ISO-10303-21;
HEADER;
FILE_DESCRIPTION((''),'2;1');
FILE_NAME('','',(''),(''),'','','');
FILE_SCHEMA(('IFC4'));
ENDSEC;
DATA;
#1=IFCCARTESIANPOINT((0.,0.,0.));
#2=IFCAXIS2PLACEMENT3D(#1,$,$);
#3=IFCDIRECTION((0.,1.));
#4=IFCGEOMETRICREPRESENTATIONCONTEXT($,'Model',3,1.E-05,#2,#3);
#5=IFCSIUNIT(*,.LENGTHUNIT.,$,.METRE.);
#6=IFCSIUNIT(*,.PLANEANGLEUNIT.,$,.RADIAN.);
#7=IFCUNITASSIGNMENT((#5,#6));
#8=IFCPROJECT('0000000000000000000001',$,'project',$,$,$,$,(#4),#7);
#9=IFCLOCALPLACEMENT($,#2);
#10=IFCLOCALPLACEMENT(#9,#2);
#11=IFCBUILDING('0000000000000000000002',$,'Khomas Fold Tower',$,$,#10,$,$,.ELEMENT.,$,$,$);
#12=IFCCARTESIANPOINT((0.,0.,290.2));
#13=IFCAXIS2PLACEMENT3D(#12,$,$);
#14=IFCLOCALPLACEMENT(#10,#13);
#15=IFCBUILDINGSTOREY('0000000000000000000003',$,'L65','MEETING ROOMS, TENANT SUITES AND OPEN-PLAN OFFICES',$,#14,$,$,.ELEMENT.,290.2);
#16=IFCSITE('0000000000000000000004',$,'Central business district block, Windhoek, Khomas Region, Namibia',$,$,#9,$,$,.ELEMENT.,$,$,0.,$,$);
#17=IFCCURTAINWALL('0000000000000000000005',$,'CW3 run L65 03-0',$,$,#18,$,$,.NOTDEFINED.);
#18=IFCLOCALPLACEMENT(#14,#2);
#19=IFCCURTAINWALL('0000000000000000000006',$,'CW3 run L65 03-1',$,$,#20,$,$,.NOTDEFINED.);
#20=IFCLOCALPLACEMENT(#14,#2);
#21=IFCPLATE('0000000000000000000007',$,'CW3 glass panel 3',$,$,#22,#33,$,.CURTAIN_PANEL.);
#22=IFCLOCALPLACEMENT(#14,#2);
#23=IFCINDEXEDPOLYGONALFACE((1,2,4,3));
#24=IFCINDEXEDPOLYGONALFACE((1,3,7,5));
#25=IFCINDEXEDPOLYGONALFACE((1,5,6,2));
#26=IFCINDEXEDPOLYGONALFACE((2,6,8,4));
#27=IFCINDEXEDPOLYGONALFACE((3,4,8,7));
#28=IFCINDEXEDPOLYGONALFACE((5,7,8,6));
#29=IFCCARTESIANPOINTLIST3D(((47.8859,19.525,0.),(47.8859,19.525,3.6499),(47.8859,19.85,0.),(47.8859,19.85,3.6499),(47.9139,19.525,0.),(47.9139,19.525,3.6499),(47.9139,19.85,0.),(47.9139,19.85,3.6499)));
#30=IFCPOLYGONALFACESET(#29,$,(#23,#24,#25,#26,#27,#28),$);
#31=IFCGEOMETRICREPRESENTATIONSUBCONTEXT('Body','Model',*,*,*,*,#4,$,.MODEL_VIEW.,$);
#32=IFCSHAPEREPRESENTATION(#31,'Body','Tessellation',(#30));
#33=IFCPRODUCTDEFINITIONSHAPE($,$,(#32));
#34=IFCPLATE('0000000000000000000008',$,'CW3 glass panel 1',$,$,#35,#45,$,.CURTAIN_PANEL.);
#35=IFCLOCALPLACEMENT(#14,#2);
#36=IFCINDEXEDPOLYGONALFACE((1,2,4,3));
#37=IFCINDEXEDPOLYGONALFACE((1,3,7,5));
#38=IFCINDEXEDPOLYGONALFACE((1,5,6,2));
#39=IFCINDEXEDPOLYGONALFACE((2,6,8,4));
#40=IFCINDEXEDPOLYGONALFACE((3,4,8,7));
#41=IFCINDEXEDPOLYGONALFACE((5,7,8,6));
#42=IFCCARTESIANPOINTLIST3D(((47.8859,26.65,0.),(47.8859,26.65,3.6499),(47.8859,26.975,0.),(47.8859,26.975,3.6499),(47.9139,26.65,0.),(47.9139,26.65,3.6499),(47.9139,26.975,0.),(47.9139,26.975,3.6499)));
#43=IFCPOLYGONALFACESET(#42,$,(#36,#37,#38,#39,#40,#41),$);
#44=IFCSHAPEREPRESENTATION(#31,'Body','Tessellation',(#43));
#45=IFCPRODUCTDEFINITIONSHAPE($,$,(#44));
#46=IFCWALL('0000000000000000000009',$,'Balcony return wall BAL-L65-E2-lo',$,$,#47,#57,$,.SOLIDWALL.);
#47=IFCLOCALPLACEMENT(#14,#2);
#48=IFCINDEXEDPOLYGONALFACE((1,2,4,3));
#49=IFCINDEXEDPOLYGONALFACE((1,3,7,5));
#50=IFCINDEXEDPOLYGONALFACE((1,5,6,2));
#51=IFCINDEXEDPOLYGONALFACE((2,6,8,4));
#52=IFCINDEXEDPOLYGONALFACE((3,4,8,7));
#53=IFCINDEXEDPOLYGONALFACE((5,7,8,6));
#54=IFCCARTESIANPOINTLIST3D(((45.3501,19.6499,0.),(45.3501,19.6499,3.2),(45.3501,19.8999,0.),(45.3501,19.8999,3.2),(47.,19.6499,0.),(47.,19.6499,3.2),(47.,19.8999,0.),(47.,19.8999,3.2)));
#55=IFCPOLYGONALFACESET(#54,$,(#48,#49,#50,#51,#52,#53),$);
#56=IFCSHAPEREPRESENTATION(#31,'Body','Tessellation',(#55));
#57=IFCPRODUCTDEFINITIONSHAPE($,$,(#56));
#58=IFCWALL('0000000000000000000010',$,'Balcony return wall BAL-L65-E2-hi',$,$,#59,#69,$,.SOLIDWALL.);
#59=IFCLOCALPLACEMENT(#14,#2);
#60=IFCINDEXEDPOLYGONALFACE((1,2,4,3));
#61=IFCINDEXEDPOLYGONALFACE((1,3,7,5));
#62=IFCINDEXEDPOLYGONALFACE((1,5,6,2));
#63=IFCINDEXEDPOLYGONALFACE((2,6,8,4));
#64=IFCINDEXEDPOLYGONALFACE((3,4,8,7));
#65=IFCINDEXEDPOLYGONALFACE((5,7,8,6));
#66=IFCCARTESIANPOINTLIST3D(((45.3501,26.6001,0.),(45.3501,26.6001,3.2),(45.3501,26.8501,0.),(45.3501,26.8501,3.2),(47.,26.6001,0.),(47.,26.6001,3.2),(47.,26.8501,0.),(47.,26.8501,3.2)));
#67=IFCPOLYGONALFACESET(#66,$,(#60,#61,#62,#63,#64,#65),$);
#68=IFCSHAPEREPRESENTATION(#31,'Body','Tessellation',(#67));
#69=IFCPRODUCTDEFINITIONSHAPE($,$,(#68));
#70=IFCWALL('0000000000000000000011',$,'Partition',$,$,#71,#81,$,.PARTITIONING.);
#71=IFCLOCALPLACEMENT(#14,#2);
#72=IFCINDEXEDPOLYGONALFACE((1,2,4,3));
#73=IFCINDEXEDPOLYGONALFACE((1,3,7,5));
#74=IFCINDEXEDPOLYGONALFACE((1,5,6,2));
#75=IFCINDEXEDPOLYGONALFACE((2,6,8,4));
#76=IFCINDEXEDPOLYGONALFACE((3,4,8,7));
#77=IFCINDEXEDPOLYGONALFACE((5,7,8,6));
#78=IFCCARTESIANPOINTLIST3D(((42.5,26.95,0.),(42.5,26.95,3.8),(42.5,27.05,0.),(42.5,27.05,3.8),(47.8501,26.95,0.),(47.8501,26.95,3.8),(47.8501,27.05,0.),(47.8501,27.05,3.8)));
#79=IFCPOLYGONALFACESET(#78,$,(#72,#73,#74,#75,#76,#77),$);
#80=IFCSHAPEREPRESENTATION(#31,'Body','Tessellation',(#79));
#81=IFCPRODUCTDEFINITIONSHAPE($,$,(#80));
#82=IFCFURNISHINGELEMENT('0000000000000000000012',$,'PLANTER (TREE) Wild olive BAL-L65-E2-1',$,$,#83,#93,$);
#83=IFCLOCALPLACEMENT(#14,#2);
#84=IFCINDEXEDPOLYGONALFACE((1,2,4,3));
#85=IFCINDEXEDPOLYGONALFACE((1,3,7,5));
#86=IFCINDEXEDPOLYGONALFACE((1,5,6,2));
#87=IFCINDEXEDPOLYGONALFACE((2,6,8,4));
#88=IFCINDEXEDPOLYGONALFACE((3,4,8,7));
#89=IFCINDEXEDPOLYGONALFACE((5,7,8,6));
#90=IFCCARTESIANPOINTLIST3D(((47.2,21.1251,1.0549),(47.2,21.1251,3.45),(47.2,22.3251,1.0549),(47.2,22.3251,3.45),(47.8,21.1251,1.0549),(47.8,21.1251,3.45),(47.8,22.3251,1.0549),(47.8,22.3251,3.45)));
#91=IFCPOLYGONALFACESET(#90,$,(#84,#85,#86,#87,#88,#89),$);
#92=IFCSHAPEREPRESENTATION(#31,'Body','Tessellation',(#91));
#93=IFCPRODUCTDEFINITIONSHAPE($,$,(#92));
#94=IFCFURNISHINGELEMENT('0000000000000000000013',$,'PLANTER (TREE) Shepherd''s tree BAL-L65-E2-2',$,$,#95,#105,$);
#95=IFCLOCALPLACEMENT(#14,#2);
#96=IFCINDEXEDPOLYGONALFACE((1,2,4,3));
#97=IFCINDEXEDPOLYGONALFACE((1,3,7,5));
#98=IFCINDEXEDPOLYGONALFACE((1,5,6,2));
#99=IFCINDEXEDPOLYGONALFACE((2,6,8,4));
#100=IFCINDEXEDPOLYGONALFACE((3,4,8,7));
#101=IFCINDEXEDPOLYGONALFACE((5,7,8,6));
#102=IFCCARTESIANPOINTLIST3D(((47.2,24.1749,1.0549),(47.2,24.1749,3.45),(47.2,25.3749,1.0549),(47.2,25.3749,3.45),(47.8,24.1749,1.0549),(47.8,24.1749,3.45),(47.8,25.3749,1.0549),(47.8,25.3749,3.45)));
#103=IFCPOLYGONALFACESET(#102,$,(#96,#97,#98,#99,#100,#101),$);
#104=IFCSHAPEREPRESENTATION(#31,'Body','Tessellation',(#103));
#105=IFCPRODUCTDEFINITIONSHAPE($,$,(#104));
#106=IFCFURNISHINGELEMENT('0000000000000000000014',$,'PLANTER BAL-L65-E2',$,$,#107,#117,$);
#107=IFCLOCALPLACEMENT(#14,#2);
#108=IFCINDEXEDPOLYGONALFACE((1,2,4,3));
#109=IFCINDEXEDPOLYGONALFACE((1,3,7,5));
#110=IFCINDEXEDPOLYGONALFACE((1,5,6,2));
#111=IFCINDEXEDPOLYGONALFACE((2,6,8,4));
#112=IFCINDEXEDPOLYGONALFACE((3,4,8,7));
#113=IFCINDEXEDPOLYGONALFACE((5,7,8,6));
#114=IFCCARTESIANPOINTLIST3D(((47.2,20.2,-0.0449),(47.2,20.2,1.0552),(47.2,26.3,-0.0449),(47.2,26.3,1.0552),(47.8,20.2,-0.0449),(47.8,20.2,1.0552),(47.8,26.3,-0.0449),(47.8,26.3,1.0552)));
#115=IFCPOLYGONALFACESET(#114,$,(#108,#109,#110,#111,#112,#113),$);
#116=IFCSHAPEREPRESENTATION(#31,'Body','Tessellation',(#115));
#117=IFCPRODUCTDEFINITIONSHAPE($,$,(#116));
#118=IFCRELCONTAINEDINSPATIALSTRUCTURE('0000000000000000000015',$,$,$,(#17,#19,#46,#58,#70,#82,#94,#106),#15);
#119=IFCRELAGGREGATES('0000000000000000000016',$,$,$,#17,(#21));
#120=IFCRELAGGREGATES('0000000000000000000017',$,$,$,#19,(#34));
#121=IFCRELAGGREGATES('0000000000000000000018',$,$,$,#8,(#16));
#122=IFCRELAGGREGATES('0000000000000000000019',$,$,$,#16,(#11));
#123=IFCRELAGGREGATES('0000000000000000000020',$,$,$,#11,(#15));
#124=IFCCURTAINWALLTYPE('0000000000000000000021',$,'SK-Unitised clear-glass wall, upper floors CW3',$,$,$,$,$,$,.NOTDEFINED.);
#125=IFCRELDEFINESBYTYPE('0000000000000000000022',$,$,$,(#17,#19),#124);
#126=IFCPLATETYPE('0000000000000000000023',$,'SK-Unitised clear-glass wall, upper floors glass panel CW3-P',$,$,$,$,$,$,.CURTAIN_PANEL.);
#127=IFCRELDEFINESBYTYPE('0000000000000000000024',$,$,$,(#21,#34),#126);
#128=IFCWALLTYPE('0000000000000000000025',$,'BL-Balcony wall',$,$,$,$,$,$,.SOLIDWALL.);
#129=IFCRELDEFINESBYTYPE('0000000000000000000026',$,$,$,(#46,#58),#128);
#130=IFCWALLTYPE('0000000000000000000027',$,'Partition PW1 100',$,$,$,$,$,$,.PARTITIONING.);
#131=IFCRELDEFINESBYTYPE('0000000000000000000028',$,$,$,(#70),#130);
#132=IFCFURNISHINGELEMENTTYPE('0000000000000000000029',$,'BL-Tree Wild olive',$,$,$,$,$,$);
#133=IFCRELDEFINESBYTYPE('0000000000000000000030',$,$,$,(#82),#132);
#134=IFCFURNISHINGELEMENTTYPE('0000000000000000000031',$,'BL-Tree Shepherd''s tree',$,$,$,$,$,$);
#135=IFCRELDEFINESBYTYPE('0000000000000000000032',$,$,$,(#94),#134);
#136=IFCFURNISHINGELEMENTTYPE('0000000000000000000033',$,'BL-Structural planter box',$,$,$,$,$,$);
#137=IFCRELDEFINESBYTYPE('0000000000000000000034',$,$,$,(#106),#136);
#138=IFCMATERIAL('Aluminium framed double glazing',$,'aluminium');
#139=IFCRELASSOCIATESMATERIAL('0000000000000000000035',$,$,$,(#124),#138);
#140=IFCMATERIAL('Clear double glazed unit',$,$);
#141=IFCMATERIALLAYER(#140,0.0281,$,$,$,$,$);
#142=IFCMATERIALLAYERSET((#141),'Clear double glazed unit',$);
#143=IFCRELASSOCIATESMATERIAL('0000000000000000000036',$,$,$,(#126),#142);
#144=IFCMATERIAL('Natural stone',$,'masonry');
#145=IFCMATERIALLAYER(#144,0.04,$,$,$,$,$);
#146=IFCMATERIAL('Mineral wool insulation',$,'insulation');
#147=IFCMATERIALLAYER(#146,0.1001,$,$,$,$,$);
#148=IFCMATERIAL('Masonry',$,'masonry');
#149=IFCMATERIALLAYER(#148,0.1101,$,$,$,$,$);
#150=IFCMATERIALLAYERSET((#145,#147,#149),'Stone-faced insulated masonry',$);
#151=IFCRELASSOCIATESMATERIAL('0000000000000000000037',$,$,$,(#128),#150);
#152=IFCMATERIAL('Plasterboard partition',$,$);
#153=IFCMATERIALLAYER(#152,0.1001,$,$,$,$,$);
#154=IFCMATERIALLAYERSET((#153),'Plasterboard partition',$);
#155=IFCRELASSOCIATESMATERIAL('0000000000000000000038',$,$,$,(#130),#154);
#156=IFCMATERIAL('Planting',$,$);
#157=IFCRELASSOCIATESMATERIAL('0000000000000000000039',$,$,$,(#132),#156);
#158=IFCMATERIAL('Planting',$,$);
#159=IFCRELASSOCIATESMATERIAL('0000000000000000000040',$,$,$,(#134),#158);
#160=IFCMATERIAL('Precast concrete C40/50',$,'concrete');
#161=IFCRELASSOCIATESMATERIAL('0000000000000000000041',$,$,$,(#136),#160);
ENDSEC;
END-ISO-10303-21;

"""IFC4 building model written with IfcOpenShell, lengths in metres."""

from ifc_helpers import new_model, si_unit, direction, frame, frame_2d, origin, origin_2d, place, context, subcontext, project, spatial, rectangle, extrude, source, transform, mapped, material, layer, layer_set, type_object, element, aggregate, save


model = new_model("IFC4")

# Units and contexts
model_context = context("Model", 3, precision=1e-05, world=origin(), true_north=direction((0.0, 1.0)))
body_context = subcontext(model_context, "Body", "Model", "MODEL_VIEW")
ifc_project = project(units=[si_unit("LENGTHUNIT", "METRE"), si_unit("PLANEANGLEUNIT", "RADIAN")], contexts=[model_context])

# Site, building, storey
site_placement = place(None, origin())
site = spatial("IfcSite", under=ifc_project, at=site_placement, Name="Central business district block, Windhoek, Khomas Region, Namibia", CompositionType="ELEMENT", RefElevation=0.0)
building_placement = place(site_placement, origin())
building = spatial("IfcBuilding", under=site, at=building_placement, Name="Khomas Fold Tower", CompositionType="ELEMENT")
storey_placement = place(building_placement, frame((0.0, 0.0, 290.2)))
storey = spatial("IfcBuildingStorey", under=building, at=storey_placement, Name="L65", Description="MEETING ROOMS, TENANT SUITES AND OPEN-PLAN OFFICES", CompositionType="ELEMENT", Elevation=290.2)

# Curtain wall
ifc_material_1 = material(Name="Aluminium framed double glazing", Category="aluminium")
curtain_wall_type = type_object("IfcCurtainWallType", Name="SK-Unitised clear-glass wall, upper floors CW3", PredefinedType="NOTDEFINED", material=ifc_material_1)
curtain_wall_1_placement = place(storey_placement, origin())
curtain_wall_1 = element("IfcCurtainWall", 1, at=curtain_wall_1_placement, inside=storey, type_object=curtain_wall_type, Name="CW3 run L65 03-0", PredefinedType="NOTDEFINED")

# Curtain wall
curtain_wall_2_placement = place(storey_placement, origin())
curtain_wall_2 = element("IfcCurtainWall", 2, at=curtain_wall_2_placement, inside=storey, type_object=curtain_wall_type, Name="CW3 run L65 03-1", PredefinedType="NOTDEFINED")

# Plates
ifc_material_2 = material(Name="Clear double glazed unit")
ifc_layer_1 = layer(ifc_material_2, 0.0281)
ifc_layer_set_1 = layer_set([ifc_layer_1], Name="Clear double glazed unit")
plate_type = type_object("IfcPlateType", Name="SK-Unitised clear-glass wall, upper floors glass panel CW3-P", PredefinedType="CURTAIN_PANEL", material=ifc_layer_set_1)
shared_shape_1 = source(origin(), body_context, "Body", "SweptSolid", [
    extrude(rectangle(XDim=0.325, YDim=0.0281, at=origin_2d()), origin(), (0.0, 0.0, 1.0), 3.6499),
])
plate_1_placement = place(storey_placement, frame((47.8999, 19.6875, 0.0), z_axis=(0.0, 0.0, 1.0), x_axis=(0.0, 1.0, 0.0)))
plate_1 = element("IfcPlate", 3, at=plate_1_placement, type_object=plate_type, Name="CW3 glass panel 3", PredefinedType="CURTAIN_PANEL", context=body_context, shape_type="MappedRepresentation", body=[
    mapped(shared_shape_1, transform((0.0, 0.0, 0.0))),
])
aggregate(curtain_wall_1, [plate_1])
plate_2_placement = place(storey_placement, frame((47.8999, 26.8125, 0.0), z_axis=(0.0, 0.0, 1.0), x_axis=(0.0, 1.0, 0.0)))
plate_2 = element("IfcPlate", 4, at=plate_2_placement, type_object=plate_type, Name="CW3 glass panel 1", PredefinedType="CURTAIN_PANEL", context=body_context, shape_type="MappedRepresentation", body=[
    mapped(shared_shape_1, transform((0.0, 0.0, 0.0))),
])
aggregate(curtain_wall_2, [plate_2])

# Shared definitions
ifc_material_3 = material(Name="Natural stone", Category="masonry")
ifc_layer_2 = layer(ifc_material_3, 0.04)
ifc_material_4 = material(Name="Mineral wool insulation", Category="insulation")
ifc_layer_3 = layer(ifc_material_4, 0.1001)
ifc_material_5 = material(Name="Masonry", Category="masonry")
ifc_layer_4 = layer(ifc_material_5, 0.1101)
ifc_layer_set_2 = layer_set([ifc_layer_2, ifc_layer_3, ifc_layer_4], Name="Stone-faced insulated masonry")
wall_type_1 = type_object("IfcWallType", Name="BL-Balcony wall", PredefinedType="SOLIDWALL", material=ifc_layer_set_2)

# Walls
shared_shape_2 = source(origin(), body_context, "Body", "SweptSolid", [
    extrude(rectangle(XDim=1.6499, YDim=0.25, at=frame_2d((0.825, 0.0))), origin(), (0.0, 0.0, 1.0), 3.2),
])
for number, where, z_axis, x_axis, name in (
    (5, (47.0, 19.7749, 0.0), (0.0, 0.0, 1.0), (-1.0, 0.0, 0.0), "Balcony return wall BAL-L65-E2-lo"),
    (6, (47.0, 26.7251, 0.0), (0.0, 0.0, 1.0), (-1.0, 0.0, 0.0), "Balcony return wall BAL-L65-E2-hi"),
):
    element("IfcWall", number, at=place(storey_placement, frame(where, z_axis=z_axis, x_axis=x_axis)), inside=storey, type_object=wall_type_1, Name=name, PredefinedType="SOLIDWALL", context=body_context, shape_type="MappedRepresentation", body=[
        mapped(shared_shape_2, transform((0.0, 0.0, 0.0))),
    ])
ifc_material_6 = material(Name="Plasterboard partition")
ifc_layer_5 = layer(ifc_material_6, 0.1001)
ifc_layer_set_3 = layer_set([ifc_layer_5], Name="Plasterboard partition")
wall_type_2 = type_object("IfcWallType", Name="Partition PW1 100", PredefinedType="PARTITIONING", material=ifc_layer_set_3)
shared_shape_3 = source(origin(), body_context, "Body", "SweptSolid", [
    extrude(rectangle(XDim=5.3501, YDim=0.1001, at=frame_2d((2.675, 0.0))), origin(), (0.0, 0.0, 1.0), 3.8),
])
wall_1_placement = place(storey_placement, frame((42.5, 27.0, 0.0), z_axis=(0.0, 0.0, 1.0), x_axis=(1.0, 0.0, 0.0)))
element("IfcWall", 7, at=wall_1_placement, inside=storey, type_object=wall_type_2, Name="Partition", PredefinedType="PARTITIONING", context=body_context, shape_type="MappedRepresentation", body=[
    mapped(shared_shape_3, transform((0.0, 0.0, 0.0))),
])

# Furnishing elements
ifc_material_7 = material(Name="Planting")
furnishing_element_type_1 = type_object("IfcFurnishingElementType", Name="BL-Tree Wild olive", material=ifc_material_7)
shared_shape_4 = source(origin(), body_context, "Body", "SweptSolid", [
    extrude(rectangle(XDim=1.2, YDim=0.6001, at=origin_2d()), origin(), (0.0, 0.0, 1.0), 2.395),
])
furnishing_1_placement = place(storey_placement, frame((47.5, 21.7251, 1.0549), z_axis=(0.0, 0.0, 1.0), x_axis=(0.0, 1.0, 0.0)))
element("IfcFurnishingElement", 8, at=furnishing_1_placement, inside=storey, type_object=furnishing_element_type_1, Name="PLANTER (TREE) Wild olive BAL-L65-E2-1", context=body_context, shape_type="MappedRepresentation", body=[
    mapped(shared_shape_4, transform((0.0, 0.0, 0.0))),
])
ifc_material_8 = material(Name="Planting")
furnishing_element_type_2 = type_object("IfcFurnishingElementType", Name="BL-Tree Shepherd's tree", material=ifc_material_8)
furnishing_2_placement = place(storey_placement, frame((47.5, 24.7749, 1.0549), z_axis=(0.0, 0.0, 1.0), x_axis=(0.0, 1.0, 0.0)))
element("IfcFurnishingElement", 9, at=furnishing_2_placement, inside=storey, type_object=furnishing_element_type_2, Name="PLANTER (TREE) Shepherd's tree BAL-L65-E2-2", context=body_context, shape_type="MappedRepresentation", body=[
    mapped(shared_shape_4, transform((0.0, 0.0, 0.0))),
])
ifc_material_9 = material(Name="Precast concrete C40/50", Category="concrete")
furnishing_element_type_3 = type_object("IfcFurnishingElementType", Name="BL-Structural planter box", material=ifc_material_9)
shared_shape_5 = source(origin(), body_context, "Body", "SweptSolid", [
    extrude(rectangle(XDim=6.1001, YDim=0.6001, at=origin_2d()), origin(), (0.0, 0.0, 1.0), 1.1001),
])
furnishing_3_placement = place(storey_placement, frame((47.5, 23.25, -0.0449), z_axis=(0.0, 0.0, 1.0), x_axis=(0.0, 1.0, 0.0)))
element("IfcFurnishingElement", 10, at=furnishing_3_placement, inside=storey, type_object=furnishing_element_type_3, Name="PLANTER BAL-L65-E2", context=body_context, shape_type="MappedRepresentation", body=[
    mapped(shared_shape_5, transform((0.0, 0.0, 0.0))),
])

save(model, "model.ifc")
